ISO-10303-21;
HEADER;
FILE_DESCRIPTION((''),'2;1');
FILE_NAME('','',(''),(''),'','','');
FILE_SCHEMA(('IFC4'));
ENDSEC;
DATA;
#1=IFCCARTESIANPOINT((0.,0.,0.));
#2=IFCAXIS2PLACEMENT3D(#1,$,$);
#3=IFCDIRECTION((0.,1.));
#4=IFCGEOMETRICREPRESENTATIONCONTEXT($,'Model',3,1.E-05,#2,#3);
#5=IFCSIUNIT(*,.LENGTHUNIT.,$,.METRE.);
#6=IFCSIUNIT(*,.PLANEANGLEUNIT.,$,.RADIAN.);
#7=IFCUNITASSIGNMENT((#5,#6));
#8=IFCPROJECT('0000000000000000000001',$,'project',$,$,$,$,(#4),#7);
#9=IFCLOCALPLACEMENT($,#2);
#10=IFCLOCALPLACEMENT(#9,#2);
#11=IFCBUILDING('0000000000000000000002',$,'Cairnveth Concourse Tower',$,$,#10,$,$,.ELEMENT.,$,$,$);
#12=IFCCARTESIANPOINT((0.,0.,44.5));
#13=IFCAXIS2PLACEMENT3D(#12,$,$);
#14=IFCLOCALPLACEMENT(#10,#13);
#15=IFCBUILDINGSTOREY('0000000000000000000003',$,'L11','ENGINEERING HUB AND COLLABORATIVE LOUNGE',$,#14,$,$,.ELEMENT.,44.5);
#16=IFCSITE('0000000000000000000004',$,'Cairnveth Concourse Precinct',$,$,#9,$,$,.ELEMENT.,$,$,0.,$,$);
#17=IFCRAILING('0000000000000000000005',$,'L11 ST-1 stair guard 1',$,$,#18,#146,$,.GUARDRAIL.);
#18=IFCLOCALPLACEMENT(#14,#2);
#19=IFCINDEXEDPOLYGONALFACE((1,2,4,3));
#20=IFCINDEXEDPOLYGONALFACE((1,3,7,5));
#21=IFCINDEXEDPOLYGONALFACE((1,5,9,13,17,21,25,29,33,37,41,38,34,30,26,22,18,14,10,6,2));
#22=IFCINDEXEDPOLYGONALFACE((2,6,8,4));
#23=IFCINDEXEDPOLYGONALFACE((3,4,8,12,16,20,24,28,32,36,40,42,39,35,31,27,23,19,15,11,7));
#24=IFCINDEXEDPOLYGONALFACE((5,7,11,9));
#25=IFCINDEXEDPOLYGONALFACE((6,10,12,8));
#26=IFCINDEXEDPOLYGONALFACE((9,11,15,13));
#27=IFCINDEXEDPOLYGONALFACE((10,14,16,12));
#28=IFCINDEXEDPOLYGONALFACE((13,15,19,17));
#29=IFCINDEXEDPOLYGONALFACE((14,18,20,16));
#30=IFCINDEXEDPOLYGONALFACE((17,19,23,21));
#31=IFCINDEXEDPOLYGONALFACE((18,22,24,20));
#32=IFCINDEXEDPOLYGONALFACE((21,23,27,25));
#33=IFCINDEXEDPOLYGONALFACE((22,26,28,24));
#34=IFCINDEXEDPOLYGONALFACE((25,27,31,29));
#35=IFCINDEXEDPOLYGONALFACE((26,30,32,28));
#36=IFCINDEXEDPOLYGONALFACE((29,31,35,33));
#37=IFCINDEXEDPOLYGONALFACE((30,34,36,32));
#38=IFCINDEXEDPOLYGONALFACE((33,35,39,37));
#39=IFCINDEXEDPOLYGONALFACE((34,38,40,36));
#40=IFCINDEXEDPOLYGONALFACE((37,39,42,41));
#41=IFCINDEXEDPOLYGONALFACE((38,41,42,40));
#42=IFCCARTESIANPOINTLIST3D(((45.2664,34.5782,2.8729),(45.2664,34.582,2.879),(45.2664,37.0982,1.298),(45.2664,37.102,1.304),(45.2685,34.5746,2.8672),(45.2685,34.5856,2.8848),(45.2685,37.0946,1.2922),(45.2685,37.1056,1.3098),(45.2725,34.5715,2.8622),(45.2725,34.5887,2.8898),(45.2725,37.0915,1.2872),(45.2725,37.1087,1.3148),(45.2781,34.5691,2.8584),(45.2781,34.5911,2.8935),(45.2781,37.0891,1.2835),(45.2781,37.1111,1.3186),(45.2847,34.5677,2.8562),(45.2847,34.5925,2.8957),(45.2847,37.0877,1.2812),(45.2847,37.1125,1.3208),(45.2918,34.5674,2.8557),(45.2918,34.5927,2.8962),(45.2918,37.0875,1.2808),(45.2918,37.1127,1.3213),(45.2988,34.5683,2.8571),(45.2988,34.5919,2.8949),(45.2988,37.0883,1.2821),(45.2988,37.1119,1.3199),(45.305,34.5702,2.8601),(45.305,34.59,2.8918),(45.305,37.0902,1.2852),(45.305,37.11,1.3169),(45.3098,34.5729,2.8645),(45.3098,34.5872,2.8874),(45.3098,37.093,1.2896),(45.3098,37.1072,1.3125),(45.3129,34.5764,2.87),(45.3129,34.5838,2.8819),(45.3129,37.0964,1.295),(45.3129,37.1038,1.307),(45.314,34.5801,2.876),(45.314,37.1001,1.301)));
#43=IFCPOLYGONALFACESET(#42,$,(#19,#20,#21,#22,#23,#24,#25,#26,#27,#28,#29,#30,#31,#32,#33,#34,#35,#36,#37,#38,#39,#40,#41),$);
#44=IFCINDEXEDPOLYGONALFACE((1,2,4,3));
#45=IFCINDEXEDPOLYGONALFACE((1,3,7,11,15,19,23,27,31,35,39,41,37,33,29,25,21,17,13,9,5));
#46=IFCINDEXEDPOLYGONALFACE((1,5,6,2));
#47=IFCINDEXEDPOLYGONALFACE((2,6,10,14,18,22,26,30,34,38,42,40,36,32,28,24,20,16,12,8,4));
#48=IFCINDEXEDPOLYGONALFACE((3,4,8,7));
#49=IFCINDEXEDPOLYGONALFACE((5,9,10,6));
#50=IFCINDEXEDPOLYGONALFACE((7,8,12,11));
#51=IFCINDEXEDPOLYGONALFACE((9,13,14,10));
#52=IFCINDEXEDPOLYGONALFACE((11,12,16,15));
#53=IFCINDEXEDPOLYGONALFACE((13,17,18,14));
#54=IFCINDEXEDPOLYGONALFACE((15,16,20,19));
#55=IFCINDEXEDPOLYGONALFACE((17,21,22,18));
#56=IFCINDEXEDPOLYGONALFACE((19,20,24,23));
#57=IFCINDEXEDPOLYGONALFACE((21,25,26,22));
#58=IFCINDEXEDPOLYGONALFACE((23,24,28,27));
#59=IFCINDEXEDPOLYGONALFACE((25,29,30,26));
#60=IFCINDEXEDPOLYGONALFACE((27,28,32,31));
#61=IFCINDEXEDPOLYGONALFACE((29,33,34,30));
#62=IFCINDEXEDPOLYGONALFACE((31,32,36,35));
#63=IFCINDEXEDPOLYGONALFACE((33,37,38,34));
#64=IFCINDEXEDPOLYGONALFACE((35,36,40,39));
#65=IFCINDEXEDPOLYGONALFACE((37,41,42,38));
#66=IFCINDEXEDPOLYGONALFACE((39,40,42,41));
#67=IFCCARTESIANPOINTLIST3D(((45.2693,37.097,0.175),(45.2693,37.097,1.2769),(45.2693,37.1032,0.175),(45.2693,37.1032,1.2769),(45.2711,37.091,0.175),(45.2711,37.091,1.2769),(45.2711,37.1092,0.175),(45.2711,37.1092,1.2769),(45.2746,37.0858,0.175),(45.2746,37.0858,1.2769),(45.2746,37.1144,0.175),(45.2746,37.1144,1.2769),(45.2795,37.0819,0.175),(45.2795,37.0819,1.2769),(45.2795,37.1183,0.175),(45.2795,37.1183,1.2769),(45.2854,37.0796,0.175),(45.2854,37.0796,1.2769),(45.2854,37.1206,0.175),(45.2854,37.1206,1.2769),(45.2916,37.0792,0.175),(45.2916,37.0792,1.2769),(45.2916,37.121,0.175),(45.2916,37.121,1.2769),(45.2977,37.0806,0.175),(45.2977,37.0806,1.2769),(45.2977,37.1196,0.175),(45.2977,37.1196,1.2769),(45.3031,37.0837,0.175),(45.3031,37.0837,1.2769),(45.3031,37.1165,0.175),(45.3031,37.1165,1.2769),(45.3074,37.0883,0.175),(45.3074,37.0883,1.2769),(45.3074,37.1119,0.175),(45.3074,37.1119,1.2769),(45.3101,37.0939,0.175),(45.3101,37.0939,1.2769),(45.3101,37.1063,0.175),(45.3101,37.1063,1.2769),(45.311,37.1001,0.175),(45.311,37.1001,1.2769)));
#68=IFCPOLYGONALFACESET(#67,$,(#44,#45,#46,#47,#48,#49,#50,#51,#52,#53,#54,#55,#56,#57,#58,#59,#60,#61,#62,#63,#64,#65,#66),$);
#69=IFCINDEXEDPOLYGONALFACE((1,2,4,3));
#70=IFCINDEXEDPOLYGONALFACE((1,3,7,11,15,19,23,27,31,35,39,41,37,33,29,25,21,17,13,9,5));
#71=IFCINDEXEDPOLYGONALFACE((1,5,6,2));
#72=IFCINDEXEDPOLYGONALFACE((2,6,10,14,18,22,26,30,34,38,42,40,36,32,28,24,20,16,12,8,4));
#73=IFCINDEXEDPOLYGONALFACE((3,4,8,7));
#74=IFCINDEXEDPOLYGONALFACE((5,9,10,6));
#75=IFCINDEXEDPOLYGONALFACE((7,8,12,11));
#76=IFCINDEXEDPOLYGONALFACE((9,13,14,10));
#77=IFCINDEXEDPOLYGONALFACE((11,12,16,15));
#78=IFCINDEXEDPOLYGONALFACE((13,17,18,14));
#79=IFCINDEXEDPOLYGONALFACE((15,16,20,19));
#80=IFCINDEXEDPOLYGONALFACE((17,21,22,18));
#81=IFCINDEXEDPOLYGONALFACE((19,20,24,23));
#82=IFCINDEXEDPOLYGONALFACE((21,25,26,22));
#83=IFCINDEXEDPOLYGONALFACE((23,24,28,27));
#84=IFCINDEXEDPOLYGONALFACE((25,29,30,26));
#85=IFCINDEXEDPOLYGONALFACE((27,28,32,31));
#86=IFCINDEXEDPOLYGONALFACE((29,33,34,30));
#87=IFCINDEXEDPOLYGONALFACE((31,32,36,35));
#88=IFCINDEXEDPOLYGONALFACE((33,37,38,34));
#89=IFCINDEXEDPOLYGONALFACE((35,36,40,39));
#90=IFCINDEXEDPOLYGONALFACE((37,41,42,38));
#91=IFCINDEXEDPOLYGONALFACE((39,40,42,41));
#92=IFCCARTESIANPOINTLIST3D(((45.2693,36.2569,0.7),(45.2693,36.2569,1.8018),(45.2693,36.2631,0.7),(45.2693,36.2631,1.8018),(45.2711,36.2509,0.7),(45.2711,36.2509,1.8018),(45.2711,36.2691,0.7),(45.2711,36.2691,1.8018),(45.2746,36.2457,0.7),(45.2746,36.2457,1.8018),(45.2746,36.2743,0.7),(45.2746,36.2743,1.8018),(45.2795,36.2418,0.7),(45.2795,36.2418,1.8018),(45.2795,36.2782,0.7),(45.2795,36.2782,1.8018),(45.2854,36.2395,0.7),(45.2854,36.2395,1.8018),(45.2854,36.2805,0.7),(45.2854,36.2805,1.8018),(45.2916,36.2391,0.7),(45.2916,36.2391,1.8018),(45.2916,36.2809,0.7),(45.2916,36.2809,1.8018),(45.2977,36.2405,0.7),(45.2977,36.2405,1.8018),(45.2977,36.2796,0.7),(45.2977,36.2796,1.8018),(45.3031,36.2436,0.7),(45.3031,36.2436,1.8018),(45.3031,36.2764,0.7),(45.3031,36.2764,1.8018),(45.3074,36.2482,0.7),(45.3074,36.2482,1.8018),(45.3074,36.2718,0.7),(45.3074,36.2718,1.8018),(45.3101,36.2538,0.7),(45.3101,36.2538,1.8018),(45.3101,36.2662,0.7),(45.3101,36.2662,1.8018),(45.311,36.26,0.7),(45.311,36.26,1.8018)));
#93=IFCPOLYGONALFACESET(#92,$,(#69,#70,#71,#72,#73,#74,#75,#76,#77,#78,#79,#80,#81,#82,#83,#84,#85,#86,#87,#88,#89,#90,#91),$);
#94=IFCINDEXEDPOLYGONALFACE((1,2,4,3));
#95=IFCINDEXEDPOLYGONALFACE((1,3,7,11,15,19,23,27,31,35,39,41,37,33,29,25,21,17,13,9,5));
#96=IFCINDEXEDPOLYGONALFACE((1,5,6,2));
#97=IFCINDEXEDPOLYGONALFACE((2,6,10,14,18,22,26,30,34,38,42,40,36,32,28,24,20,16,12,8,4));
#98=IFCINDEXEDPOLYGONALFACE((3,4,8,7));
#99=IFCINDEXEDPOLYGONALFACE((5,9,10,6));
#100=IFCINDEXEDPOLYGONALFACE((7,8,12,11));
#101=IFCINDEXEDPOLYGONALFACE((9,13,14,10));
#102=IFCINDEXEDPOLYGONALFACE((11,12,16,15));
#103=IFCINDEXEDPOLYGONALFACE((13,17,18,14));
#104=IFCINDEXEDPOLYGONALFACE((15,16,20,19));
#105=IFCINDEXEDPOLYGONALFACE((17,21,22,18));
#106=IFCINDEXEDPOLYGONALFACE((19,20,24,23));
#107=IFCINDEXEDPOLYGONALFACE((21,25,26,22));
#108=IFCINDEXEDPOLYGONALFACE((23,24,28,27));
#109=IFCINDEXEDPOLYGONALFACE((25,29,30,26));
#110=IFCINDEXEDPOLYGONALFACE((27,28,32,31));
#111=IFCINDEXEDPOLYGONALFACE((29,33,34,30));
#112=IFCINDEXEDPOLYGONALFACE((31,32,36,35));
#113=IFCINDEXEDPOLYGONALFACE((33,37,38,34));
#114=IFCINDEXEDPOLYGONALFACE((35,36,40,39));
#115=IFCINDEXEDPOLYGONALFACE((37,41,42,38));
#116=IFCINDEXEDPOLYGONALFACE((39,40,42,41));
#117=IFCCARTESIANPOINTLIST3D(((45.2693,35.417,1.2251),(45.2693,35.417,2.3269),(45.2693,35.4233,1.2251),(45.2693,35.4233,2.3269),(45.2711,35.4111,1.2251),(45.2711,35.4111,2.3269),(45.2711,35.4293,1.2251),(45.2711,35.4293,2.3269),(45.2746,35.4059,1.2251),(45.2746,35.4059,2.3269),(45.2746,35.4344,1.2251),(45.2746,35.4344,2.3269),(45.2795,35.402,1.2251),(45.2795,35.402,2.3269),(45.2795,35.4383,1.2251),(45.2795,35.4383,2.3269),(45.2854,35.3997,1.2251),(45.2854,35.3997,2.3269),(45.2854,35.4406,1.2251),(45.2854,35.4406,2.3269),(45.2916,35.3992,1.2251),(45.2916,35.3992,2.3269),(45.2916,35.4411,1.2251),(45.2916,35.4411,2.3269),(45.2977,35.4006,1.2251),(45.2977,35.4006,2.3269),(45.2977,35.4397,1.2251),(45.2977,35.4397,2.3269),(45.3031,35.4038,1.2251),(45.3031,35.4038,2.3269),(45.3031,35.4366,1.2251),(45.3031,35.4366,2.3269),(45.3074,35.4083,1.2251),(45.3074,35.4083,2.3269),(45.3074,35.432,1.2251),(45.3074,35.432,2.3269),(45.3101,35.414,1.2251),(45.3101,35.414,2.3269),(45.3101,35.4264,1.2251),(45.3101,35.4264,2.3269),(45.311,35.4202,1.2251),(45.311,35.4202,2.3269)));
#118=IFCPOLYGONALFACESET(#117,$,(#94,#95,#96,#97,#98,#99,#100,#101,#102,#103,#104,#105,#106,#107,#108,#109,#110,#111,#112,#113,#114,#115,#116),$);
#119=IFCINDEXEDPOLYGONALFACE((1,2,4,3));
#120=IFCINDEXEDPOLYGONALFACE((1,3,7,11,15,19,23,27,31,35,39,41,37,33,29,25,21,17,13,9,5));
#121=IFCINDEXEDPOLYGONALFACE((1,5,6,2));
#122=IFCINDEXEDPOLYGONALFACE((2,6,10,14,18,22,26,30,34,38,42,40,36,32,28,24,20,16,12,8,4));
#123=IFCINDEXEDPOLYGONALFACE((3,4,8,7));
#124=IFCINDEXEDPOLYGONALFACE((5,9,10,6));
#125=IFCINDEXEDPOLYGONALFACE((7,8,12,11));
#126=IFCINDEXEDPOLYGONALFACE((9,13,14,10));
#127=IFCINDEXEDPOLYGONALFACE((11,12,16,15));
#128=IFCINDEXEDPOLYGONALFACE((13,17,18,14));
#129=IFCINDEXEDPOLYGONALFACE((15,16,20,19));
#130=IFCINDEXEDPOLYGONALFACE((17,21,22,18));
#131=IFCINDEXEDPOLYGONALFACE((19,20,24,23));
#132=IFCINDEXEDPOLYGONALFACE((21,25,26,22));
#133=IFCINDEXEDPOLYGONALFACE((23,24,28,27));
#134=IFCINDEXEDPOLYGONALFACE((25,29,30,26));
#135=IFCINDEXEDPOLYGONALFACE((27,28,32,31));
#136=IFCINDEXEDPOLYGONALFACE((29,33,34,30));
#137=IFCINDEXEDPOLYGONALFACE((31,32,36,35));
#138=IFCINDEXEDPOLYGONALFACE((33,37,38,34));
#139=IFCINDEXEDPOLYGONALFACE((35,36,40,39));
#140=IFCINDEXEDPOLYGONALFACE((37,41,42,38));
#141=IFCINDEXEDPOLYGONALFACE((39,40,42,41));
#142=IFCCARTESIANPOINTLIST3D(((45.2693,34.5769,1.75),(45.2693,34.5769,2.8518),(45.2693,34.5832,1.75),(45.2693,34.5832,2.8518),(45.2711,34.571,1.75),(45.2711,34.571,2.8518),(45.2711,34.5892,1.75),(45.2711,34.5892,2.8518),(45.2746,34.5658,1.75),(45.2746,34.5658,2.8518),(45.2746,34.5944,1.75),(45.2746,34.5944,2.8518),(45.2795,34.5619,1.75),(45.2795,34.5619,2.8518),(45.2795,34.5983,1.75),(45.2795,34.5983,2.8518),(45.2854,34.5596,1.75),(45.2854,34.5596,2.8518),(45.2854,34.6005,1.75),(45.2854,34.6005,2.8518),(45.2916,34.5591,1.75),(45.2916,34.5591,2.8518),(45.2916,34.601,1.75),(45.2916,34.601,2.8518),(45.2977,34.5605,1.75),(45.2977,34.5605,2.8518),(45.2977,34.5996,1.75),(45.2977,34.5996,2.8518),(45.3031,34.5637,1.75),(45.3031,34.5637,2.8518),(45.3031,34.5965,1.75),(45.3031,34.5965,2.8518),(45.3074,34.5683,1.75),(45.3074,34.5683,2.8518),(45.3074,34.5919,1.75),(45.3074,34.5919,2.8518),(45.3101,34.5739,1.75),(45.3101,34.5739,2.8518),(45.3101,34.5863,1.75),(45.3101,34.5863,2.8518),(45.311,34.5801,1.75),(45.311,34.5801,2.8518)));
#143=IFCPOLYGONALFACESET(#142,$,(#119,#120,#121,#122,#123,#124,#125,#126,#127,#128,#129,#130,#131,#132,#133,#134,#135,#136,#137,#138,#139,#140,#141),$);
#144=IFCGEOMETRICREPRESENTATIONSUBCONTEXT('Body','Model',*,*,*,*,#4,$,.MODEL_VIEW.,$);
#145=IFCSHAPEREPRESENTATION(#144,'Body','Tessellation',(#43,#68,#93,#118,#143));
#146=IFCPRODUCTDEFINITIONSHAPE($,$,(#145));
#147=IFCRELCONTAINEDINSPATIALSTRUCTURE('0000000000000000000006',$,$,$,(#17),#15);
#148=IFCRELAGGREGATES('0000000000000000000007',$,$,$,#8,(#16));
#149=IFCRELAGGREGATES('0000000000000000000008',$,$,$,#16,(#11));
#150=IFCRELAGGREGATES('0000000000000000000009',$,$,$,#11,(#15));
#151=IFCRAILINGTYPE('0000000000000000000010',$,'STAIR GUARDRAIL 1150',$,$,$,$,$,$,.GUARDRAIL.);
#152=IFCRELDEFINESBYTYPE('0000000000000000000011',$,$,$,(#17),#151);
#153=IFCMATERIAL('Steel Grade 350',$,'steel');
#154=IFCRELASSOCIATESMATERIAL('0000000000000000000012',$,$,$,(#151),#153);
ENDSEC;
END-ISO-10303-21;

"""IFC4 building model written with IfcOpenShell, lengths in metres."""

from ifc_helpers import new_model, si_unit, direction, frame, origin, origin_2d, place, context, subcontext, project, spatial, circle, extrude, material, type_object, element, save


model = new_model("IFC4")

# Units and contexts
model_context = context("Model", 3, precision=1e-05, world=origin(), true_north=direction((0.0, 1.0)))
body_context = subcontext(model_context, "Body", "Model", "MODEL_VIEW")
ifc_project = project(units=[si_unit("LENGTHUNIT", "METRE"), si_unit("PLANEANGLEUNIT", "RADIAN")], contexts=[model_context])

# Site, building, storey
site_placement = place(None, origin())
site = spatial("IfcSite", under=ifc_project, at=site_placement, Name="Cairnveth Concourse Precinct", CompositionType="ELEMENT", RefElevation=0.0)
building_placement = place(site_placement, origin())
building = spatial("IfcBuilding", under=site, at=building_placement, Name="Cairnveth Concourse Tower", CompositionType="ELEMENT")
storey_placement = place(building_placement, frame((0.0, 0.0, 44.5)))
storey = spatial("IfcBuildingStorey", under=building, at=storey_placement, Name="L11", Description="ENGINEERING HUB AND COLLABORATIVE LOUNGE", CompositionType="ELEMENT", Elevation=44.5)

# Railing
ifc_material_1 = material(Name="Steel Grade 350", Category="steel")
railing_type_1 = type_object("IfcRailingType", Name="STAIR GUARDRAIL 1150", PredefinedType="GUARDRAIL", material=ifc_material_1)
railing_1_placement = place(storey_placement, frame((45.29, 37.1001, 0.175)))
element("IfcRailing", 1, at=railing_1_placement, inside=storey, type_object=railing_type_1, Name="L11 ST-1 stair guard 1", PredefinedType="GUARDRAIL", context=body_context, shape_type="SweptSolid", body=[
    extrude(circle(Radius=0.0239, at=origin_2d()), frame((0.0, 0.0, 1.126), z_axis=(0.0, -0.848008, 0.529984), x_axis=(1.0, 0.0, 0.0)), (0.0, 0.0, 1.0), 2.9717),
    extrude(circle(Radius=0.021, at=origin_2d()), origin(), (0.0, 0.0, 1.0), 1.1018),
    extrude(circle(Radius=0.021, at=origin_2d()), frame((0.0, -0.8401, 0.5249)), (0.0, 0.0, 1.0), 1.1018),
    extrude(circle(Radius=0.021, at=origin_2d()), frame((0.0, -1.6799, 1.05)), (0.0, 0.0, 1.0), 1.1018),
    extrude(circle(Radius=0.021, at=origin_2d()), frame((0.0, -2.52, 1.575)), (0.0, 0.0, 1.0), 1.1018),
])

save(model, "model.ifc")
